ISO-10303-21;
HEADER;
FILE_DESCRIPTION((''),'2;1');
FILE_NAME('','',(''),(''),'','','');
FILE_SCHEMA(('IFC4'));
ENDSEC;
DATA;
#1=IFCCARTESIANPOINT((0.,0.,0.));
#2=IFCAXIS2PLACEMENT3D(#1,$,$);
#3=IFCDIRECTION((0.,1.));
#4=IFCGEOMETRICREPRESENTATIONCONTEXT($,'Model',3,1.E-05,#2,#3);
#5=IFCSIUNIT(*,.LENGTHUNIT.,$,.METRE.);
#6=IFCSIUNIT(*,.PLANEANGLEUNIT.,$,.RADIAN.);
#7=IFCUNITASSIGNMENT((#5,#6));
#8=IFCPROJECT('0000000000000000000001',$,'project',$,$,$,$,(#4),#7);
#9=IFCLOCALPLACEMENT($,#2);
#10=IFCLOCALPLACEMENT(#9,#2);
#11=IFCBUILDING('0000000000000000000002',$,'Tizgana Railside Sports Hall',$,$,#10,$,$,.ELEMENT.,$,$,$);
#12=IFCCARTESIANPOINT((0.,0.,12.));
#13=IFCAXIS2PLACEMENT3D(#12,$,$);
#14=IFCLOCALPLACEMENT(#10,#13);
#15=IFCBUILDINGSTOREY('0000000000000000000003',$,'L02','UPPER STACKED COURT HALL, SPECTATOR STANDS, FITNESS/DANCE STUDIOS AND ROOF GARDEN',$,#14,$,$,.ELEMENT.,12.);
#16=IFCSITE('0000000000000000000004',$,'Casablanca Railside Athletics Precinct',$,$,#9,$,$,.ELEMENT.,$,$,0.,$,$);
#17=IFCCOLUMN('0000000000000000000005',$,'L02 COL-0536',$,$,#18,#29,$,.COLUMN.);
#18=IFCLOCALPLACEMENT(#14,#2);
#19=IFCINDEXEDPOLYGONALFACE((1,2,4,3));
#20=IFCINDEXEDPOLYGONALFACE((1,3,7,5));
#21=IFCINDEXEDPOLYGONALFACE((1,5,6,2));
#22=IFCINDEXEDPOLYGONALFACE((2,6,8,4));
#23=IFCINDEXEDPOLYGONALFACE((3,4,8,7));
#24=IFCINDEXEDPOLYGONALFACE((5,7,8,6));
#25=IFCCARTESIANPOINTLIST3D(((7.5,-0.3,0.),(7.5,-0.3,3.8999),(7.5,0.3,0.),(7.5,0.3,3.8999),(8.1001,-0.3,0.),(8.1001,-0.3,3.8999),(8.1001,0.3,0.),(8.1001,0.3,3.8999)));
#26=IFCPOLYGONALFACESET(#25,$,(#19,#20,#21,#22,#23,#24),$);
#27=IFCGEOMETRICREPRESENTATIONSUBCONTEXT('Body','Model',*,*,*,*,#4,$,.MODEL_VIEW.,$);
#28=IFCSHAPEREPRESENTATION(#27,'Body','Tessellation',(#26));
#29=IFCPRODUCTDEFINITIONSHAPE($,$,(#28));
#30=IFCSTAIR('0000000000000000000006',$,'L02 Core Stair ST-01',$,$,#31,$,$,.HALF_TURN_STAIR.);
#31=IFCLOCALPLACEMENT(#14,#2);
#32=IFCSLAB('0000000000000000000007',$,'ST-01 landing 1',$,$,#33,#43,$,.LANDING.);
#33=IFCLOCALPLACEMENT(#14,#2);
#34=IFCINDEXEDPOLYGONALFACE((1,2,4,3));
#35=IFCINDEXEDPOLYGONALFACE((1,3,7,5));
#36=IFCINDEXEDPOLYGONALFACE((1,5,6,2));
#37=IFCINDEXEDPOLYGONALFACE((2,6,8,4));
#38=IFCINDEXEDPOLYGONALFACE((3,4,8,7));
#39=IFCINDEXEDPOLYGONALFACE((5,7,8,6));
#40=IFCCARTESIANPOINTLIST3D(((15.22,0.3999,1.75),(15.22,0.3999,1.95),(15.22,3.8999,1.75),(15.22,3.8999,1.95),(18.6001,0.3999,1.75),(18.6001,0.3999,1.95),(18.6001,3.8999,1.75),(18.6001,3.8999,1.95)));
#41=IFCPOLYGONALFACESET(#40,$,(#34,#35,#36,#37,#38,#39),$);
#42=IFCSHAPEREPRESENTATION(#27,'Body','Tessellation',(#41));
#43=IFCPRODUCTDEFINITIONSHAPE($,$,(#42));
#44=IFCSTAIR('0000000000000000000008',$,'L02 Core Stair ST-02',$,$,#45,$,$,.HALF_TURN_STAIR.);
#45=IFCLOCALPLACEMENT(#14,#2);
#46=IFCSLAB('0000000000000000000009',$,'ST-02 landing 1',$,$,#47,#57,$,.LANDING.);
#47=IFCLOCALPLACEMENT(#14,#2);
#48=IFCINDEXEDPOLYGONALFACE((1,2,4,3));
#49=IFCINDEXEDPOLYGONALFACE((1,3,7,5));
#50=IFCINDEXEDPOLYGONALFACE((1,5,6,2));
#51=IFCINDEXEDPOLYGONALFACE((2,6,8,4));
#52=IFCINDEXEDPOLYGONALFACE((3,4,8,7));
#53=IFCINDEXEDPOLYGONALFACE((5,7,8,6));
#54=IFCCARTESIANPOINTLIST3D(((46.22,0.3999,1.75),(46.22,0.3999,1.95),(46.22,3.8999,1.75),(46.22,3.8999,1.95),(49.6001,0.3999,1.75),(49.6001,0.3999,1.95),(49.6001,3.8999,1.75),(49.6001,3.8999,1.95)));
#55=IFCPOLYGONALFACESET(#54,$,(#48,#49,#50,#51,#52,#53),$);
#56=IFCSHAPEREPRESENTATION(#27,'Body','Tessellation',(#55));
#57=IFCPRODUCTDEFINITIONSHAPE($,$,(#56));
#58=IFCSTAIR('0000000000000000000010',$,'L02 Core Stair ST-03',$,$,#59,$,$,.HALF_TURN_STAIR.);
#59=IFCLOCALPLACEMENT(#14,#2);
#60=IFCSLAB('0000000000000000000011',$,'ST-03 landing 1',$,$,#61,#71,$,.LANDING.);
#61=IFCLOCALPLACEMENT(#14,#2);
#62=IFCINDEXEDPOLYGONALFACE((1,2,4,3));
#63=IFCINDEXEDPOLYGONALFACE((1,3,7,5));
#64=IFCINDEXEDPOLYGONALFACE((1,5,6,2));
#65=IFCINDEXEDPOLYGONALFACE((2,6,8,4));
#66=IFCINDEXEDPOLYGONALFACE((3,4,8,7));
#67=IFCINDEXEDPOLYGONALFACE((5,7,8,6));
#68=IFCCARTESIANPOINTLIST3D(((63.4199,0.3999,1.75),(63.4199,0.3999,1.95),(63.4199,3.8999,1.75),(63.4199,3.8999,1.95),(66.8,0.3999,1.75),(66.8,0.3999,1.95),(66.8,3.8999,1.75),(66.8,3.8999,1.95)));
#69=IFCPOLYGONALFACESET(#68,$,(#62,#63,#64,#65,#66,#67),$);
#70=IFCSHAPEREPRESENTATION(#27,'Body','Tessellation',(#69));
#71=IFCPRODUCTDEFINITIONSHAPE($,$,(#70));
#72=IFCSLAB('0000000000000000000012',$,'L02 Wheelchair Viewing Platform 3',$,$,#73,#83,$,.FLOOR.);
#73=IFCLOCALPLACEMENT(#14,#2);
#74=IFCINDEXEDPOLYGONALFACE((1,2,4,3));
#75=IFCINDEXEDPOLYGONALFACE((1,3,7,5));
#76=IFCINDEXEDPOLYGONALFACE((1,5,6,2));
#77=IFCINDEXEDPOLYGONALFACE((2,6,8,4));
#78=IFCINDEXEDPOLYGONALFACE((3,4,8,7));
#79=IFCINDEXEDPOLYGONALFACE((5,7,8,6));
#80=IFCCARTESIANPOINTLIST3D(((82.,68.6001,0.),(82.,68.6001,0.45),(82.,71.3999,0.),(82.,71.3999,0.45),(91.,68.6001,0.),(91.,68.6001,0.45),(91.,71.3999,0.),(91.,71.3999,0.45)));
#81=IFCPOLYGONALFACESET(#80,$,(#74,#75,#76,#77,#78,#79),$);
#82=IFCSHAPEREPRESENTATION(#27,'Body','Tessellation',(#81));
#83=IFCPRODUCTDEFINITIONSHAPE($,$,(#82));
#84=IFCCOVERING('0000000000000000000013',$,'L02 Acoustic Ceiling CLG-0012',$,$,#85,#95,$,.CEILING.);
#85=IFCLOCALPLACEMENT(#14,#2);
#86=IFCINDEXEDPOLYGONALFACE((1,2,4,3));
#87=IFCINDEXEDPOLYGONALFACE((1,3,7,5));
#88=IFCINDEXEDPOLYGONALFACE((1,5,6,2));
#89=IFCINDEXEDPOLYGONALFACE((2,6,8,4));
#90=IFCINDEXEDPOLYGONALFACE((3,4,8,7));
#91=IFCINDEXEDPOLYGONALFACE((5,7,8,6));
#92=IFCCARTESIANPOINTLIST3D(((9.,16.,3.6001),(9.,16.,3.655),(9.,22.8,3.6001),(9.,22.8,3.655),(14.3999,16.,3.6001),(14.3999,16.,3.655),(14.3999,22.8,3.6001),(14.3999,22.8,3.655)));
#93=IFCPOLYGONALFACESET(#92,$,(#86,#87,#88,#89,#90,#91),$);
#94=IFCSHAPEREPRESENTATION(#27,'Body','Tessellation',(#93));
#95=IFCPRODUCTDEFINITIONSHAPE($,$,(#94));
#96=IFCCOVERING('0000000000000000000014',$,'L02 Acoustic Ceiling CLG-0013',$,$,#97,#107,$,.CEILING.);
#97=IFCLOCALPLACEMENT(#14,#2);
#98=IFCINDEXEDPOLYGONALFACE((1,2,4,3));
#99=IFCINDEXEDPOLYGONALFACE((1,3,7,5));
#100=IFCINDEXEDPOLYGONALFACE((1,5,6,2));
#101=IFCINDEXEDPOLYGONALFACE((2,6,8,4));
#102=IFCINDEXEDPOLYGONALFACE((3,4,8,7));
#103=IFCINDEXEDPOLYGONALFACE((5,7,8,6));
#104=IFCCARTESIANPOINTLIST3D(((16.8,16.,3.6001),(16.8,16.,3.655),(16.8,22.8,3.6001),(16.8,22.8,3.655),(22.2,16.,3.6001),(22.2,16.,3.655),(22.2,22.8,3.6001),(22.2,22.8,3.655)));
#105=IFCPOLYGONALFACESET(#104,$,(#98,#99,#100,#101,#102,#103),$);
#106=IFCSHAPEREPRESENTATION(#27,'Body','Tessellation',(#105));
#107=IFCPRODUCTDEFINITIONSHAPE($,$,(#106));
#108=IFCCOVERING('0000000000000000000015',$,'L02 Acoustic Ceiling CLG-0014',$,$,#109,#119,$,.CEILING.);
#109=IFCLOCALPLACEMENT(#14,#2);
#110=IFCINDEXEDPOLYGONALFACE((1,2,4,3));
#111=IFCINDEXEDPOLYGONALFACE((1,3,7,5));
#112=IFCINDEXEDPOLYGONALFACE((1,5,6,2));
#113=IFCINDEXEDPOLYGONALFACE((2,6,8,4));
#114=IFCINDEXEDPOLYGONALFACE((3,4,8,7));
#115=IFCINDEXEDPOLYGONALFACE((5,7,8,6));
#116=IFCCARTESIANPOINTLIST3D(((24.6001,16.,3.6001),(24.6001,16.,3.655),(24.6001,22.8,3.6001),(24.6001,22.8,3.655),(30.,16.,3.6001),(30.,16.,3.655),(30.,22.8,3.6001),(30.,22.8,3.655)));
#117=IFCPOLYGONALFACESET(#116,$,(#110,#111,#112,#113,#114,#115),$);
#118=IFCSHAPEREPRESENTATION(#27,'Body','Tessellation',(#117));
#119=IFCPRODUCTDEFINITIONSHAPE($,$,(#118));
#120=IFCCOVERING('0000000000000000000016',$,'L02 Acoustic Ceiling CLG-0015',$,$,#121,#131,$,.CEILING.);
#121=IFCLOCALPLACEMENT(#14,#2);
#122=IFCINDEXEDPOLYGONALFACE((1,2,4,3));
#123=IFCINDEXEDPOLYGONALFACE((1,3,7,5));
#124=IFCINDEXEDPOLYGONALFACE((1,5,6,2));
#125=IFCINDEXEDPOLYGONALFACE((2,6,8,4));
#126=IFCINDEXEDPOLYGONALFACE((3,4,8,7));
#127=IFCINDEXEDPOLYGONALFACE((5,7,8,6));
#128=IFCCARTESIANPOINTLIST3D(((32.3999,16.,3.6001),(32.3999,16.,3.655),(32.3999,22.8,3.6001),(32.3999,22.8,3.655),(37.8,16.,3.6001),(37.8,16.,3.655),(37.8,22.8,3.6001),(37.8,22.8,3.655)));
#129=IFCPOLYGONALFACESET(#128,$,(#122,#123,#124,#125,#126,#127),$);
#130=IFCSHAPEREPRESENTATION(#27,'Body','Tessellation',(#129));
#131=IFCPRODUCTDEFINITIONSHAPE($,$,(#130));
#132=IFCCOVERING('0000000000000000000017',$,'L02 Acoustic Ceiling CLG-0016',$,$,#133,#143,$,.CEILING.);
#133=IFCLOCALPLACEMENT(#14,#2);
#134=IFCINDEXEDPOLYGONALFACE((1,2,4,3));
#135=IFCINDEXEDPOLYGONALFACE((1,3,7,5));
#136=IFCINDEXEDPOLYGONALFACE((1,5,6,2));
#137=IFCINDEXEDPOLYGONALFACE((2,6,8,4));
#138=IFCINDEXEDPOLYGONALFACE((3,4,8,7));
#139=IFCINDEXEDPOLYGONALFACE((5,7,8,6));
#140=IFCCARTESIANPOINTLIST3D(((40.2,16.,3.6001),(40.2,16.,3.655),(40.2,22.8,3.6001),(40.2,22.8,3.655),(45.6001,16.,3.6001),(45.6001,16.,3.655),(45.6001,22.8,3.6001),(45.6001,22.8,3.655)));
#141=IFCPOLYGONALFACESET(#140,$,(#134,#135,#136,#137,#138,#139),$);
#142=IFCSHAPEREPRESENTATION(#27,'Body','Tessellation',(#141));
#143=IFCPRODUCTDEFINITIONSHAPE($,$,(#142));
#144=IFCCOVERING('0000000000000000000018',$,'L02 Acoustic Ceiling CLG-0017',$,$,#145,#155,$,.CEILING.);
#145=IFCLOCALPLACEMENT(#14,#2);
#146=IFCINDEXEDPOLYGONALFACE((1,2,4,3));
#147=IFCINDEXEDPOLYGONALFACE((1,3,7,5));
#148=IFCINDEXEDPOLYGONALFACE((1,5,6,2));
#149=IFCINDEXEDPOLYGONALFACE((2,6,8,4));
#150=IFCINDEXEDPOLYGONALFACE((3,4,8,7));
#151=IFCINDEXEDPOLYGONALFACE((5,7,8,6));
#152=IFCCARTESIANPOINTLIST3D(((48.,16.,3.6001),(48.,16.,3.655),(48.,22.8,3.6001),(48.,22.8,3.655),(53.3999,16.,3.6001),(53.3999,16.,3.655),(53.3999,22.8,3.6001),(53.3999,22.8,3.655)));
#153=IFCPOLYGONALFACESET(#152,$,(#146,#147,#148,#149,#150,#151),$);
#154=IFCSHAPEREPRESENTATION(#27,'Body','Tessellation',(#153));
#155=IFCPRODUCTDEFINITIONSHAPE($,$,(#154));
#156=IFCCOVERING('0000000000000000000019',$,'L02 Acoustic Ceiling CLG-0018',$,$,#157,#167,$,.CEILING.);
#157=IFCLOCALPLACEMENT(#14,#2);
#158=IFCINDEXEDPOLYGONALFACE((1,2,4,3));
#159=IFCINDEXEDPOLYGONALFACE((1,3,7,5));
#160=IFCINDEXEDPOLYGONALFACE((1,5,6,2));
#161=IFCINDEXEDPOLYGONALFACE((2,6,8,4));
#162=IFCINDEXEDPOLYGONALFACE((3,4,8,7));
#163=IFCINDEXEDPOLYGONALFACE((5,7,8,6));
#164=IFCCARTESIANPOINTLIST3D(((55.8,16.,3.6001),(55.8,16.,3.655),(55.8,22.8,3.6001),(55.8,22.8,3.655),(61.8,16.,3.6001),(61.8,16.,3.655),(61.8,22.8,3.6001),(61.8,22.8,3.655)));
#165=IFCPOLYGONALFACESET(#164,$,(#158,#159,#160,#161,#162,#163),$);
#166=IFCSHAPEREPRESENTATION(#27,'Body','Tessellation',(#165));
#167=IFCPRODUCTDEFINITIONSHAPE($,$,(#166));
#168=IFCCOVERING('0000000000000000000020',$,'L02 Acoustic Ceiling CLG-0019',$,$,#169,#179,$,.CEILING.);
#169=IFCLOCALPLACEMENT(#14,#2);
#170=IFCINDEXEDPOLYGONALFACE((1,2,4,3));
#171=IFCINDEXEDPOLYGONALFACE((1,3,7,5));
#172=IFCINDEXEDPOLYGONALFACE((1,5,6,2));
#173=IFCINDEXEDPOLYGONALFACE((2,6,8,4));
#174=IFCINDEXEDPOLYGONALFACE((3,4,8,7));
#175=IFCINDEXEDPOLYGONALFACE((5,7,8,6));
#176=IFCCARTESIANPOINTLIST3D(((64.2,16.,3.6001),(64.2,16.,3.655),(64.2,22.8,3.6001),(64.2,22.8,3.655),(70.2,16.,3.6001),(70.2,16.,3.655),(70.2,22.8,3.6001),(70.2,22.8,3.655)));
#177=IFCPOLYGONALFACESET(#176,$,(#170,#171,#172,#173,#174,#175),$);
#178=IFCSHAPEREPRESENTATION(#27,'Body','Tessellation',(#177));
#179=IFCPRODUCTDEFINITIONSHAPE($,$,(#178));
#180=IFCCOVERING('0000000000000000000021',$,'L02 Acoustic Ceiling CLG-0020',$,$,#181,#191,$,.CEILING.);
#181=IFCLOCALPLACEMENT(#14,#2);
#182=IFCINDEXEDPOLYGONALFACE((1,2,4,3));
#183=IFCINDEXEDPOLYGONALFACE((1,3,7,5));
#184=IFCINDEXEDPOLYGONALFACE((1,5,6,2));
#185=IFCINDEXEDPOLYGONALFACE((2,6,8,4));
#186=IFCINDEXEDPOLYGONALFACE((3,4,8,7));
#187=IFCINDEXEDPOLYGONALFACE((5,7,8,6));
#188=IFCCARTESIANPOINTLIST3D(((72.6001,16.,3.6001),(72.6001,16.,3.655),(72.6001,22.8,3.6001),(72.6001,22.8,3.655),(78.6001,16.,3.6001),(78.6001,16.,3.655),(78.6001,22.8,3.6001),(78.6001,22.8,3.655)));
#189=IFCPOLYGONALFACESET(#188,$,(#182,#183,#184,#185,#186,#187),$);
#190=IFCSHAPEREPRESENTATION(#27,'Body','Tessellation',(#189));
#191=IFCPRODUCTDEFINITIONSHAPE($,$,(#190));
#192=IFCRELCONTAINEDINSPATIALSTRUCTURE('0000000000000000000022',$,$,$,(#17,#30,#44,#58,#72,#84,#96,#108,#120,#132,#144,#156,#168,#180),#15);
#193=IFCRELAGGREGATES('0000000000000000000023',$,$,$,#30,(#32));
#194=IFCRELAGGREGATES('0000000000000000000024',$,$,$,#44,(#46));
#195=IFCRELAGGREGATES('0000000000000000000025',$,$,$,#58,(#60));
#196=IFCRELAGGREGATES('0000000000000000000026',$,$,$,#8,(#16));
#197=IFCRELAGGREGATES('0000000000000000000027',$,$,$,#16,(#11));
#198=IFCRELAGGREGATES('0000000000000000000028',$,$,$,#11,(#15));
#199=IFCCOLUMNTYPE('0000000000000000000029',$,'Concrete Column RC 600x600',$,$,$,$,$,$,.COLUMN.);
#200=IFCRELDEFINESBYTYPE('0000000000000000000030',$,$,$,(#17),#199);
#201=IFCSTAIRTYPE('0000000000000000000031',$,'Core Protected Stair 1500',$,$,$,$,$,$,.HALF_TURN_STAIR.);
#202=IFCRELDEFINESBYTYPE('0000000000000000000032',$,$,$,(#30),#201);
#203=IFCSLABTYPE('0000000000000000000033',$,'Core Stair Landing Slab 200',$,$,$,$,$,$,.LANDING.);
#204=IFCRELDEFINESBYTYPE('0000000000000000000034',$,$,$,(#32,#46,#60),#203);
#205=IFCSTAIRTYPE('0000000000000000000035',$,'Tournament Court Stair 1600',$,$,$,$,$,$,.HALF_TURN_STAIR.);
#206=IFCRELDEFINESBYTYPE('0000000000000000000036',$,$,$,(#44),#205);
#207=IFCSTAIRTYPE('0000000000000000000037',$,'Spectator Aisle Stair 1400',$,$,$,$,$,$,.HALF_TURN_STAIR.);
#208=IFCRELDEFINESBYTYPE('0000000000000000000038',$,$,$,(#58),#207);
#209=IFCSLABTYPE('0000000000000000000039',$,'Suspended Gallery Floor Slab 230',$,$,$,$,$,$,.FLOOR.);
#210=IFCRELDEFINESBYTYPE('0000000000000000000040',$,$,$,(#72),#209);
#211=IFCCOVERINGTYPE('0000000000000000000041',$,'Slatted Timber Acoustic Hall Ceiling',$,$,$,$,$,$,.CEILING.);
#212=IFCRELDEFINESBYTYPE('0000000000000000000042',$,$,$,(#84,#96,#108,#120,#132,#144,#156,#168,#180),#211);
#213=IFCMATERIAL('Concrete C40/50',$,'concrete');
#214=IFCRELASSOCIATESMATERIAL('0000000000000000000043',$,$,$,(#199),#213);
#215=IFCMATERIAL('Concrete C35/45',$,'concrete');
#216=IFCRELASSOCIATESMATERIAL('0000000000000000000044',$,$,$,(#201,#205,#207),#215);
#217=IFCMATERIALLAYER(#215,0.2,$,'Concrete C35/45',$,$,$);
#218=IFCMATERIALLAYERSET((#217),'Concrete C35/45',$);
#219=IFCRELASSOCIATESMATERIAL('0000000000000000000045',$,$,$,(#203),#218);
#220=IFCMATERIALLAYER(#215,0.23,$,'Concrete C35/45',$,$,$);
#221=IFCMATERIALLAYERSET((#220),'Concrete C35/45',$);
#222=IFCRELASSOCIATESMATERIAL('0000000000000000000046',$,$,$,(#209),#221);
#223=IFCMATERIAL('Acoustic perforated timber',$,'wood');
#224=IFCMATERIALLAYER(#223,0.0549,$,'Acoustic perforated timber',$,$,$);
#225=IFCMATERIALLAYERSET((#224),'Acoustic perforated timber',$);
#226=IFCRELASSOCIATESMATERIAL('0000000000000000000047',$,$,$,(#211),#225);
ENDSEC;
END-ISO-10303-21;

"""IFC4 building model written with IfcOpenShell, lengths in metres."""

from ifc_helpers import new_model, si_unit, direction, frame, origin, origin_2d, place, context, subcontext, project, spatial, polyline, rectangle, outline, extrude, material, layer, layer_set, material_profile, profile_set, type_object, element, aggregate, save


model = new_model("IFC4")

# Units and contexts
model_context = context("Model", 3, precision=1e-05, world=origin(), true_north=direction((0.0, 1.0)))
body_context = subcontext(model_context, "Body", "Model", "MODEL_VIEW")
ifc_project = project(units=[si_unit("LENGTHUNIT", "METRE"), si_unit("PLANEANGLEUNIT", "RADIAN")], contexts=[model_context])

# Site, building, storey
site_placement = place(None, origin())
site = spatial("IfcSite", under=ifc_project, at=site_placement, Name="Casablanca Railside Athletics Precinct", CompositionType="ELEMENT", RefElevation=0.0)
building_placement = place(site_placement, origin())
building = spatial("IfcBuilding", under=site, at=building_placement, Name="Tizgana Railside Sports Hall", CompositionType="ELEMENT")
storey_placement = place(building_placement, frame((0.0, 0.0, 12.0)))
storey = spatial("IfcBuildingStorey", under=building, at=storey_placement, Name="L02", Description="UPPER STACKED COURT HALL, SPECTATOR STANDS, FITNESS/DANCE STUDIOS AND ROOF GARDEN", CompositionType="ELEMENT", Elevation=12.0)

# Column
ifc_material_1 = material(Name="Concrete C40/50", Category="concrete")
ifc_material_profile = material_profile(ifc_material_1, rectangle(XDim=0.6001, YDim=0.6001, at=origin_2d()), Name="RC 600x600")
ifc_profile_set = profile_set([ifc_material_profile], Name="Concrete C40/50")
column_type = type_object("IfcColumnType", Name="Concrete Column RC 600x600", PredefinedType="COLUMN", material=ifc_profile_set)
column_placement = place(storey_placement, frame((7.8, 0.0, 0.0), z_axis=(0.0, 0.0, 1.0), x_axis=(1.0, 0.0, 0.0)))
element("IfcColumn", 1, at=column_placement, inside=storey, type_object=column_type, Name="L02 COL-0536", PredefinedType="COLUMN", context=body_context, shape_type="SweptSolid", body=[
    extrude(rectangle(XDim=0.6001, YDim=0.6001, at=origin_2d()), origin(), (0.0, 0.0, 1.0), 3.8999),
])

# Stairs, slabs
ifc_material_2 = material(Name="Concrete C35/45", Category="concrete")
stair_type_1 = type_object("IfcStairType", Name="Core Protected Stair 1500", PredefinedType="HALF_TURN_STAIR", material=ifc_material_2)
stair_1_placement = place(storey_placement, origin())
stair_1 = element("IfcStair", 2, at=stair_1_placement, inside=storey, type_object=stair_type_1, Name="L02 Core Stair ST-01", PredefinedType="HALF_TURN_STAIR")
ifc_layer_1 = layer(ifc_material_2, 0.2, Name="Concrete C35/45")
ifc_layer_set_1 = layer_set([ifc_layer_1], Name="Concrete C35/45")
slab_type_1 = type_object("IfcSlabType", Name="Core Stair Landing Slab 200", PredefinedType="LANDING", material=ifc_layer_set_1)
slab_1_placement = place(storey_placement, frame((0.0, 0.0, 1.75)))
slab_1 = element("IfcSlab", 3, at=slab_1_placement, type_object=slab_type_1, Name="ST-01 landing 1", PredefinedType="LANDING", context=body_context, shape_type="SweptSolid", body=[
    extrude(outline(polyline([(15.22, 0.3999), (18.6001, 0.3999), (18.6001, 3.8999), (15.22, 3.8999), (15.22, 0.3999)])), origin(), (0.0, 0.0, 1.0), 0.2),
])
aggregate(stair_1, [slab_1])
stair_type_2 = type_object("IfcStairType", Name="Tournament Court Stair 1600", PredefinedType="HALF_TURN_STAIR", material=ifc_material_2)
stair_2_placement = place(storey_placement, origin())
stair_2 = element("IfcStair", 4, at=stair_2_placement, inside=storey, type_object=stair_type_2, Name="L02 Core Stair ST-02", PredefinedType="HALF_TURN_STAIR")
slab_2_placement = place(storey_placement, frame((0.0, 0.0, 1.75)))
slab_2 = element("IfcSlab", 5, at=slab_2_placement, type_object=slab_type_1, Name="ST-02 landing 1", PredefinedType="LANDING", context=body_context, shape_type="SweptSolid", body=[
    extrude(outline(polyline([(46.22, 0.3999), (49.6001, 0.3999), (49.6001, 3.8999), (46.22, 3.8999), (46.22, 0.3999)])), origin(), (0.0, 0.0, 1.0), 0.2),
])
aggregate(stair_2, [slab_2])
stair_type_3 = type_object("IfcStairType", Name="Spectator Aisle Stair 1400", PredefinedType="HALF_TURN_STAIR", material=ifc_material_2)
stair_3_placement = place(storey_placement, origin())
stair_3 = element("IfcStair", 6, at=stair_3_placement, inside=storey, type_object=stair_type_3, Name="L02 Core Stair ST-03", PredefinedType="HALF_TURN_STAIR")
slab_3_placement = place(storey_placement, frame((0.0, 0.0, 1.75)))
slab_3 = element("IfcSlab", 7, at=slab_3_placement, type_object=slab_type_1, Name="ST-03 landing 1", PredefinedType="LANDING", context=body_context, shape_type="SweptSolid", body=[
    extrude(outline(polyline([(63.4199, 0.3999), (66.8, 0.3999), (66.8, 3.8999), (63.4199, 3.8999), (63.4199, 0.3999)])), origin(), (0.0, 0.0, 1.0), 0.2),
])
aggregate(stair_3, [slab_3])

# Slab
ifc_layer_2 = layer(ifc_material_2, 0.23, Name="Concrete C35/45")
ifc_layer_set_2 = layer_set([ifc_layer_2], Name="Concrete C35/45")
slab_type_2 = type_object("IfcSlabType", Name="Suspended Gallery Floor Slab 230", PredefinedType="FLOOR", material=ifc_layer_set_2)
slab_4_placement = place(storey_placement, origin())
element("IfcSlab", 8, at=slab_4_placement, inside=storey, type_object=slab_type_2, Name="L02 Wheelchair Viewing Platform 3", PredefinedType="FLOOR", context=body_context, shape_type="SweptSolid", body=[
    extrude(outline(polyline([(82.0, 68.6001), (91.0, 68.6001), (91.0, 71.3999), (82.0, 71.3999), (82.0, 68.6001)])), origin(), (0.0, 0.0, 1.0), 0.45),
])

# Coverings
ifc_material_3 = material(Name="Acoustic perforated timber", Category="wood")
ifc_layer_3 = layer(ifc_material_3, 0.0549, Name="Acoustic perforated timber")
ifc_layer_set_3 = layer_set([ifc_layer_3], Name="Acoustic perforated timber")
covering_type_1 = type_object("IfcCoveringType", Name="Slatted Timber Acoustic Hall Ceiling", PredefinedType="CEILING", material=ifc_layer_set_3)
covering_1_placement = place(storey_placement, frame((0.0, 0.0, 3.6001)))
element("IfcCovering", 9, at=covering_1_placement, inside=storey, type_object=covering_type_1, Name="L02 Acoustic Ceiling CLG-0012", PredefinedType="CEILING", context=body_context, shape_type="SweptSolid", body=[
    extrude(outline(polyline([(9.0, 16.0), (14.3999, 16.0), (14.3999, 22.8), (9.0, 22.8), (9.0, 16.0)])), origin(), (0.0, 0.0, 1.0), 0.0549),
])
covering_2_placement = place(storey_placement, frame((0.0, 0.0, 3.6001)))
element("IfcCovering", 10, at=covering_2_placement, inside=storey, type_object=covering_type_1, Name="L02 Acoustic Ceiling CLG-0013", PredefinedType="CEILING", context=body_context, shape_type="SweptSolid", body=[
    extrude(outline(polyline([(16.8, 16.0), (22.2, 16.0), (22.2, 22.8), (16.8, 22.8), (16.8, 16.0)])), origin(), (0.0, 0.0, 1.0), 0.0549),
])
covering_3_placement = place(storey_placement, frame((0.0, 0.0, 3.6001)))
element("IfcCovering", 11, at=covering_3_placement, inside=storey, type_object=covering_type_1, Name="L02 Acoustic Ceiling CLG-0014", PredefinedType="CEILING", context=body_context, shape_type="SweptSolid", body=[
    extrude(outline(polyline([(24.6001, 16.0), (30.0, 16.0), (30.0, 22.8), (24.6001, 22.8), (24.6001, 16.0)])), origin(), (0.0, 0.0, 1.0), 0.0549),
])
covering_4_placement = place(storey_placement, frame((0.0, 0.0, 3.6001)))
element("IfcCovering", 12, at=covering_4_placement, inside=storey, type_object=covering_type_1, Name="L02 Acoustic Ceiling CLG-0015", PredefinedType="CEILING", context=body_context, shape_type="SweptSolid", body=[
    extrude(outline(polyline([(32.3999, 16.0), (37.8, 16.0), (37.8, 22.8), (32.3999, 22.8), (32.3999, 16.0)])), origin(), (0.0, 0.0, 1.0), 0.0549),
])
covering_5_placement = place(storey_placement, frame((0.0, 0.0, 3.6001)))
element("IfcCovering", 13, at=covering_5_placement, inside=storey, type_object=covering_type_1, Name="L02 Acoustic Ceiling CLG-0016", PredefinedType="CEILING", context=body_context, shape_type="SweptSolid", body=[
    extrude(outline(polyline([(40.2, 16.0), (45.6001, 16.0), (45.6001, 22.8), (40.2, 22.8), (40.2, 16.0)])), origin(), (0.0, 0.0, 1.0), 0.0549),
])
covering_6_placement = place(storey_placement, frame((0.0, 0.0, 3.6001)))
element("IfcCovering", 14, at=covering_6_placement, inside=storey, type_object=covering_type_1, Name="L02 Acoustic Ceiling CLG-0017", PredefinedType="CEILING", context=body_context, shape_type="SweptSolid", body=[
    extrude(outline(polyline([(48.0, 16.0), (53.3999, 16.0), (53.3999, 22.8), (48.0, 22.8), (48.0, 16.0)])), origin(), (0.0, 0.0, 1.0), 0.0549),
])
covering_7_placement = place(storey_placement, frame((0.0, 0.0, 3.6001)))
element("IfcCovering", 15, at=covering_7_placement, inside=storey, type_object=covering_type_1, Name="L02 Acoustic Ceiling CLG-0018", PredefinedType="CEILING", context=body_context, shape_type="SweptSolid", body=[
    extrude(outline(polyline([(55.8, 16.0), (61.8, 16.0), (61.8, 22.8), (55.8, 22.8), (55.8, 16.0)])), origin(), (0.0, 0.0, 1.0), 0.0549),
])
covering_8_placement = place(storey_placement, frame((0.0, 0.0, 3.6001)))
element("IfcCovering", 16, at=covering_8_placement, inside=storey, type_object=covering_type_1, Name="L02 Acoustic Ceiling CLG-0019", PredefinedType="CEILING", context=body_context, shape_type="SweptSolid", body=[
    extrude(outline(polyline([(64.2, 16.0), (70.2, 16.0), (70.2, 22.8), (64.2, 22.8), (64.2, 16.0)])), origin(), (0.0, 0.0, 1.0), 0.0549),
])
covering_9_placement = place(storey_placement, frame((0.0, 0.0, 3.6001)))
element("IfcCovering", 17, at=covering_9_placement, inside=storey, type_object=covering_type_1, Name="L02 Acoustic Ceiling CLG-0020", PredefinedType="CEILING", context=body_context, shape_type="SweptSolid", body=[
    extrude(outline(polyline([(72.6001, 16.0), (78.6001, 16.0), (78.6001, 22.8), (72.6001, 22.8), (72.6001, 16.0)])), origin(), (0.0, 0.0, 1.0), 0.0549),
])

save(model, "model.ifc")
